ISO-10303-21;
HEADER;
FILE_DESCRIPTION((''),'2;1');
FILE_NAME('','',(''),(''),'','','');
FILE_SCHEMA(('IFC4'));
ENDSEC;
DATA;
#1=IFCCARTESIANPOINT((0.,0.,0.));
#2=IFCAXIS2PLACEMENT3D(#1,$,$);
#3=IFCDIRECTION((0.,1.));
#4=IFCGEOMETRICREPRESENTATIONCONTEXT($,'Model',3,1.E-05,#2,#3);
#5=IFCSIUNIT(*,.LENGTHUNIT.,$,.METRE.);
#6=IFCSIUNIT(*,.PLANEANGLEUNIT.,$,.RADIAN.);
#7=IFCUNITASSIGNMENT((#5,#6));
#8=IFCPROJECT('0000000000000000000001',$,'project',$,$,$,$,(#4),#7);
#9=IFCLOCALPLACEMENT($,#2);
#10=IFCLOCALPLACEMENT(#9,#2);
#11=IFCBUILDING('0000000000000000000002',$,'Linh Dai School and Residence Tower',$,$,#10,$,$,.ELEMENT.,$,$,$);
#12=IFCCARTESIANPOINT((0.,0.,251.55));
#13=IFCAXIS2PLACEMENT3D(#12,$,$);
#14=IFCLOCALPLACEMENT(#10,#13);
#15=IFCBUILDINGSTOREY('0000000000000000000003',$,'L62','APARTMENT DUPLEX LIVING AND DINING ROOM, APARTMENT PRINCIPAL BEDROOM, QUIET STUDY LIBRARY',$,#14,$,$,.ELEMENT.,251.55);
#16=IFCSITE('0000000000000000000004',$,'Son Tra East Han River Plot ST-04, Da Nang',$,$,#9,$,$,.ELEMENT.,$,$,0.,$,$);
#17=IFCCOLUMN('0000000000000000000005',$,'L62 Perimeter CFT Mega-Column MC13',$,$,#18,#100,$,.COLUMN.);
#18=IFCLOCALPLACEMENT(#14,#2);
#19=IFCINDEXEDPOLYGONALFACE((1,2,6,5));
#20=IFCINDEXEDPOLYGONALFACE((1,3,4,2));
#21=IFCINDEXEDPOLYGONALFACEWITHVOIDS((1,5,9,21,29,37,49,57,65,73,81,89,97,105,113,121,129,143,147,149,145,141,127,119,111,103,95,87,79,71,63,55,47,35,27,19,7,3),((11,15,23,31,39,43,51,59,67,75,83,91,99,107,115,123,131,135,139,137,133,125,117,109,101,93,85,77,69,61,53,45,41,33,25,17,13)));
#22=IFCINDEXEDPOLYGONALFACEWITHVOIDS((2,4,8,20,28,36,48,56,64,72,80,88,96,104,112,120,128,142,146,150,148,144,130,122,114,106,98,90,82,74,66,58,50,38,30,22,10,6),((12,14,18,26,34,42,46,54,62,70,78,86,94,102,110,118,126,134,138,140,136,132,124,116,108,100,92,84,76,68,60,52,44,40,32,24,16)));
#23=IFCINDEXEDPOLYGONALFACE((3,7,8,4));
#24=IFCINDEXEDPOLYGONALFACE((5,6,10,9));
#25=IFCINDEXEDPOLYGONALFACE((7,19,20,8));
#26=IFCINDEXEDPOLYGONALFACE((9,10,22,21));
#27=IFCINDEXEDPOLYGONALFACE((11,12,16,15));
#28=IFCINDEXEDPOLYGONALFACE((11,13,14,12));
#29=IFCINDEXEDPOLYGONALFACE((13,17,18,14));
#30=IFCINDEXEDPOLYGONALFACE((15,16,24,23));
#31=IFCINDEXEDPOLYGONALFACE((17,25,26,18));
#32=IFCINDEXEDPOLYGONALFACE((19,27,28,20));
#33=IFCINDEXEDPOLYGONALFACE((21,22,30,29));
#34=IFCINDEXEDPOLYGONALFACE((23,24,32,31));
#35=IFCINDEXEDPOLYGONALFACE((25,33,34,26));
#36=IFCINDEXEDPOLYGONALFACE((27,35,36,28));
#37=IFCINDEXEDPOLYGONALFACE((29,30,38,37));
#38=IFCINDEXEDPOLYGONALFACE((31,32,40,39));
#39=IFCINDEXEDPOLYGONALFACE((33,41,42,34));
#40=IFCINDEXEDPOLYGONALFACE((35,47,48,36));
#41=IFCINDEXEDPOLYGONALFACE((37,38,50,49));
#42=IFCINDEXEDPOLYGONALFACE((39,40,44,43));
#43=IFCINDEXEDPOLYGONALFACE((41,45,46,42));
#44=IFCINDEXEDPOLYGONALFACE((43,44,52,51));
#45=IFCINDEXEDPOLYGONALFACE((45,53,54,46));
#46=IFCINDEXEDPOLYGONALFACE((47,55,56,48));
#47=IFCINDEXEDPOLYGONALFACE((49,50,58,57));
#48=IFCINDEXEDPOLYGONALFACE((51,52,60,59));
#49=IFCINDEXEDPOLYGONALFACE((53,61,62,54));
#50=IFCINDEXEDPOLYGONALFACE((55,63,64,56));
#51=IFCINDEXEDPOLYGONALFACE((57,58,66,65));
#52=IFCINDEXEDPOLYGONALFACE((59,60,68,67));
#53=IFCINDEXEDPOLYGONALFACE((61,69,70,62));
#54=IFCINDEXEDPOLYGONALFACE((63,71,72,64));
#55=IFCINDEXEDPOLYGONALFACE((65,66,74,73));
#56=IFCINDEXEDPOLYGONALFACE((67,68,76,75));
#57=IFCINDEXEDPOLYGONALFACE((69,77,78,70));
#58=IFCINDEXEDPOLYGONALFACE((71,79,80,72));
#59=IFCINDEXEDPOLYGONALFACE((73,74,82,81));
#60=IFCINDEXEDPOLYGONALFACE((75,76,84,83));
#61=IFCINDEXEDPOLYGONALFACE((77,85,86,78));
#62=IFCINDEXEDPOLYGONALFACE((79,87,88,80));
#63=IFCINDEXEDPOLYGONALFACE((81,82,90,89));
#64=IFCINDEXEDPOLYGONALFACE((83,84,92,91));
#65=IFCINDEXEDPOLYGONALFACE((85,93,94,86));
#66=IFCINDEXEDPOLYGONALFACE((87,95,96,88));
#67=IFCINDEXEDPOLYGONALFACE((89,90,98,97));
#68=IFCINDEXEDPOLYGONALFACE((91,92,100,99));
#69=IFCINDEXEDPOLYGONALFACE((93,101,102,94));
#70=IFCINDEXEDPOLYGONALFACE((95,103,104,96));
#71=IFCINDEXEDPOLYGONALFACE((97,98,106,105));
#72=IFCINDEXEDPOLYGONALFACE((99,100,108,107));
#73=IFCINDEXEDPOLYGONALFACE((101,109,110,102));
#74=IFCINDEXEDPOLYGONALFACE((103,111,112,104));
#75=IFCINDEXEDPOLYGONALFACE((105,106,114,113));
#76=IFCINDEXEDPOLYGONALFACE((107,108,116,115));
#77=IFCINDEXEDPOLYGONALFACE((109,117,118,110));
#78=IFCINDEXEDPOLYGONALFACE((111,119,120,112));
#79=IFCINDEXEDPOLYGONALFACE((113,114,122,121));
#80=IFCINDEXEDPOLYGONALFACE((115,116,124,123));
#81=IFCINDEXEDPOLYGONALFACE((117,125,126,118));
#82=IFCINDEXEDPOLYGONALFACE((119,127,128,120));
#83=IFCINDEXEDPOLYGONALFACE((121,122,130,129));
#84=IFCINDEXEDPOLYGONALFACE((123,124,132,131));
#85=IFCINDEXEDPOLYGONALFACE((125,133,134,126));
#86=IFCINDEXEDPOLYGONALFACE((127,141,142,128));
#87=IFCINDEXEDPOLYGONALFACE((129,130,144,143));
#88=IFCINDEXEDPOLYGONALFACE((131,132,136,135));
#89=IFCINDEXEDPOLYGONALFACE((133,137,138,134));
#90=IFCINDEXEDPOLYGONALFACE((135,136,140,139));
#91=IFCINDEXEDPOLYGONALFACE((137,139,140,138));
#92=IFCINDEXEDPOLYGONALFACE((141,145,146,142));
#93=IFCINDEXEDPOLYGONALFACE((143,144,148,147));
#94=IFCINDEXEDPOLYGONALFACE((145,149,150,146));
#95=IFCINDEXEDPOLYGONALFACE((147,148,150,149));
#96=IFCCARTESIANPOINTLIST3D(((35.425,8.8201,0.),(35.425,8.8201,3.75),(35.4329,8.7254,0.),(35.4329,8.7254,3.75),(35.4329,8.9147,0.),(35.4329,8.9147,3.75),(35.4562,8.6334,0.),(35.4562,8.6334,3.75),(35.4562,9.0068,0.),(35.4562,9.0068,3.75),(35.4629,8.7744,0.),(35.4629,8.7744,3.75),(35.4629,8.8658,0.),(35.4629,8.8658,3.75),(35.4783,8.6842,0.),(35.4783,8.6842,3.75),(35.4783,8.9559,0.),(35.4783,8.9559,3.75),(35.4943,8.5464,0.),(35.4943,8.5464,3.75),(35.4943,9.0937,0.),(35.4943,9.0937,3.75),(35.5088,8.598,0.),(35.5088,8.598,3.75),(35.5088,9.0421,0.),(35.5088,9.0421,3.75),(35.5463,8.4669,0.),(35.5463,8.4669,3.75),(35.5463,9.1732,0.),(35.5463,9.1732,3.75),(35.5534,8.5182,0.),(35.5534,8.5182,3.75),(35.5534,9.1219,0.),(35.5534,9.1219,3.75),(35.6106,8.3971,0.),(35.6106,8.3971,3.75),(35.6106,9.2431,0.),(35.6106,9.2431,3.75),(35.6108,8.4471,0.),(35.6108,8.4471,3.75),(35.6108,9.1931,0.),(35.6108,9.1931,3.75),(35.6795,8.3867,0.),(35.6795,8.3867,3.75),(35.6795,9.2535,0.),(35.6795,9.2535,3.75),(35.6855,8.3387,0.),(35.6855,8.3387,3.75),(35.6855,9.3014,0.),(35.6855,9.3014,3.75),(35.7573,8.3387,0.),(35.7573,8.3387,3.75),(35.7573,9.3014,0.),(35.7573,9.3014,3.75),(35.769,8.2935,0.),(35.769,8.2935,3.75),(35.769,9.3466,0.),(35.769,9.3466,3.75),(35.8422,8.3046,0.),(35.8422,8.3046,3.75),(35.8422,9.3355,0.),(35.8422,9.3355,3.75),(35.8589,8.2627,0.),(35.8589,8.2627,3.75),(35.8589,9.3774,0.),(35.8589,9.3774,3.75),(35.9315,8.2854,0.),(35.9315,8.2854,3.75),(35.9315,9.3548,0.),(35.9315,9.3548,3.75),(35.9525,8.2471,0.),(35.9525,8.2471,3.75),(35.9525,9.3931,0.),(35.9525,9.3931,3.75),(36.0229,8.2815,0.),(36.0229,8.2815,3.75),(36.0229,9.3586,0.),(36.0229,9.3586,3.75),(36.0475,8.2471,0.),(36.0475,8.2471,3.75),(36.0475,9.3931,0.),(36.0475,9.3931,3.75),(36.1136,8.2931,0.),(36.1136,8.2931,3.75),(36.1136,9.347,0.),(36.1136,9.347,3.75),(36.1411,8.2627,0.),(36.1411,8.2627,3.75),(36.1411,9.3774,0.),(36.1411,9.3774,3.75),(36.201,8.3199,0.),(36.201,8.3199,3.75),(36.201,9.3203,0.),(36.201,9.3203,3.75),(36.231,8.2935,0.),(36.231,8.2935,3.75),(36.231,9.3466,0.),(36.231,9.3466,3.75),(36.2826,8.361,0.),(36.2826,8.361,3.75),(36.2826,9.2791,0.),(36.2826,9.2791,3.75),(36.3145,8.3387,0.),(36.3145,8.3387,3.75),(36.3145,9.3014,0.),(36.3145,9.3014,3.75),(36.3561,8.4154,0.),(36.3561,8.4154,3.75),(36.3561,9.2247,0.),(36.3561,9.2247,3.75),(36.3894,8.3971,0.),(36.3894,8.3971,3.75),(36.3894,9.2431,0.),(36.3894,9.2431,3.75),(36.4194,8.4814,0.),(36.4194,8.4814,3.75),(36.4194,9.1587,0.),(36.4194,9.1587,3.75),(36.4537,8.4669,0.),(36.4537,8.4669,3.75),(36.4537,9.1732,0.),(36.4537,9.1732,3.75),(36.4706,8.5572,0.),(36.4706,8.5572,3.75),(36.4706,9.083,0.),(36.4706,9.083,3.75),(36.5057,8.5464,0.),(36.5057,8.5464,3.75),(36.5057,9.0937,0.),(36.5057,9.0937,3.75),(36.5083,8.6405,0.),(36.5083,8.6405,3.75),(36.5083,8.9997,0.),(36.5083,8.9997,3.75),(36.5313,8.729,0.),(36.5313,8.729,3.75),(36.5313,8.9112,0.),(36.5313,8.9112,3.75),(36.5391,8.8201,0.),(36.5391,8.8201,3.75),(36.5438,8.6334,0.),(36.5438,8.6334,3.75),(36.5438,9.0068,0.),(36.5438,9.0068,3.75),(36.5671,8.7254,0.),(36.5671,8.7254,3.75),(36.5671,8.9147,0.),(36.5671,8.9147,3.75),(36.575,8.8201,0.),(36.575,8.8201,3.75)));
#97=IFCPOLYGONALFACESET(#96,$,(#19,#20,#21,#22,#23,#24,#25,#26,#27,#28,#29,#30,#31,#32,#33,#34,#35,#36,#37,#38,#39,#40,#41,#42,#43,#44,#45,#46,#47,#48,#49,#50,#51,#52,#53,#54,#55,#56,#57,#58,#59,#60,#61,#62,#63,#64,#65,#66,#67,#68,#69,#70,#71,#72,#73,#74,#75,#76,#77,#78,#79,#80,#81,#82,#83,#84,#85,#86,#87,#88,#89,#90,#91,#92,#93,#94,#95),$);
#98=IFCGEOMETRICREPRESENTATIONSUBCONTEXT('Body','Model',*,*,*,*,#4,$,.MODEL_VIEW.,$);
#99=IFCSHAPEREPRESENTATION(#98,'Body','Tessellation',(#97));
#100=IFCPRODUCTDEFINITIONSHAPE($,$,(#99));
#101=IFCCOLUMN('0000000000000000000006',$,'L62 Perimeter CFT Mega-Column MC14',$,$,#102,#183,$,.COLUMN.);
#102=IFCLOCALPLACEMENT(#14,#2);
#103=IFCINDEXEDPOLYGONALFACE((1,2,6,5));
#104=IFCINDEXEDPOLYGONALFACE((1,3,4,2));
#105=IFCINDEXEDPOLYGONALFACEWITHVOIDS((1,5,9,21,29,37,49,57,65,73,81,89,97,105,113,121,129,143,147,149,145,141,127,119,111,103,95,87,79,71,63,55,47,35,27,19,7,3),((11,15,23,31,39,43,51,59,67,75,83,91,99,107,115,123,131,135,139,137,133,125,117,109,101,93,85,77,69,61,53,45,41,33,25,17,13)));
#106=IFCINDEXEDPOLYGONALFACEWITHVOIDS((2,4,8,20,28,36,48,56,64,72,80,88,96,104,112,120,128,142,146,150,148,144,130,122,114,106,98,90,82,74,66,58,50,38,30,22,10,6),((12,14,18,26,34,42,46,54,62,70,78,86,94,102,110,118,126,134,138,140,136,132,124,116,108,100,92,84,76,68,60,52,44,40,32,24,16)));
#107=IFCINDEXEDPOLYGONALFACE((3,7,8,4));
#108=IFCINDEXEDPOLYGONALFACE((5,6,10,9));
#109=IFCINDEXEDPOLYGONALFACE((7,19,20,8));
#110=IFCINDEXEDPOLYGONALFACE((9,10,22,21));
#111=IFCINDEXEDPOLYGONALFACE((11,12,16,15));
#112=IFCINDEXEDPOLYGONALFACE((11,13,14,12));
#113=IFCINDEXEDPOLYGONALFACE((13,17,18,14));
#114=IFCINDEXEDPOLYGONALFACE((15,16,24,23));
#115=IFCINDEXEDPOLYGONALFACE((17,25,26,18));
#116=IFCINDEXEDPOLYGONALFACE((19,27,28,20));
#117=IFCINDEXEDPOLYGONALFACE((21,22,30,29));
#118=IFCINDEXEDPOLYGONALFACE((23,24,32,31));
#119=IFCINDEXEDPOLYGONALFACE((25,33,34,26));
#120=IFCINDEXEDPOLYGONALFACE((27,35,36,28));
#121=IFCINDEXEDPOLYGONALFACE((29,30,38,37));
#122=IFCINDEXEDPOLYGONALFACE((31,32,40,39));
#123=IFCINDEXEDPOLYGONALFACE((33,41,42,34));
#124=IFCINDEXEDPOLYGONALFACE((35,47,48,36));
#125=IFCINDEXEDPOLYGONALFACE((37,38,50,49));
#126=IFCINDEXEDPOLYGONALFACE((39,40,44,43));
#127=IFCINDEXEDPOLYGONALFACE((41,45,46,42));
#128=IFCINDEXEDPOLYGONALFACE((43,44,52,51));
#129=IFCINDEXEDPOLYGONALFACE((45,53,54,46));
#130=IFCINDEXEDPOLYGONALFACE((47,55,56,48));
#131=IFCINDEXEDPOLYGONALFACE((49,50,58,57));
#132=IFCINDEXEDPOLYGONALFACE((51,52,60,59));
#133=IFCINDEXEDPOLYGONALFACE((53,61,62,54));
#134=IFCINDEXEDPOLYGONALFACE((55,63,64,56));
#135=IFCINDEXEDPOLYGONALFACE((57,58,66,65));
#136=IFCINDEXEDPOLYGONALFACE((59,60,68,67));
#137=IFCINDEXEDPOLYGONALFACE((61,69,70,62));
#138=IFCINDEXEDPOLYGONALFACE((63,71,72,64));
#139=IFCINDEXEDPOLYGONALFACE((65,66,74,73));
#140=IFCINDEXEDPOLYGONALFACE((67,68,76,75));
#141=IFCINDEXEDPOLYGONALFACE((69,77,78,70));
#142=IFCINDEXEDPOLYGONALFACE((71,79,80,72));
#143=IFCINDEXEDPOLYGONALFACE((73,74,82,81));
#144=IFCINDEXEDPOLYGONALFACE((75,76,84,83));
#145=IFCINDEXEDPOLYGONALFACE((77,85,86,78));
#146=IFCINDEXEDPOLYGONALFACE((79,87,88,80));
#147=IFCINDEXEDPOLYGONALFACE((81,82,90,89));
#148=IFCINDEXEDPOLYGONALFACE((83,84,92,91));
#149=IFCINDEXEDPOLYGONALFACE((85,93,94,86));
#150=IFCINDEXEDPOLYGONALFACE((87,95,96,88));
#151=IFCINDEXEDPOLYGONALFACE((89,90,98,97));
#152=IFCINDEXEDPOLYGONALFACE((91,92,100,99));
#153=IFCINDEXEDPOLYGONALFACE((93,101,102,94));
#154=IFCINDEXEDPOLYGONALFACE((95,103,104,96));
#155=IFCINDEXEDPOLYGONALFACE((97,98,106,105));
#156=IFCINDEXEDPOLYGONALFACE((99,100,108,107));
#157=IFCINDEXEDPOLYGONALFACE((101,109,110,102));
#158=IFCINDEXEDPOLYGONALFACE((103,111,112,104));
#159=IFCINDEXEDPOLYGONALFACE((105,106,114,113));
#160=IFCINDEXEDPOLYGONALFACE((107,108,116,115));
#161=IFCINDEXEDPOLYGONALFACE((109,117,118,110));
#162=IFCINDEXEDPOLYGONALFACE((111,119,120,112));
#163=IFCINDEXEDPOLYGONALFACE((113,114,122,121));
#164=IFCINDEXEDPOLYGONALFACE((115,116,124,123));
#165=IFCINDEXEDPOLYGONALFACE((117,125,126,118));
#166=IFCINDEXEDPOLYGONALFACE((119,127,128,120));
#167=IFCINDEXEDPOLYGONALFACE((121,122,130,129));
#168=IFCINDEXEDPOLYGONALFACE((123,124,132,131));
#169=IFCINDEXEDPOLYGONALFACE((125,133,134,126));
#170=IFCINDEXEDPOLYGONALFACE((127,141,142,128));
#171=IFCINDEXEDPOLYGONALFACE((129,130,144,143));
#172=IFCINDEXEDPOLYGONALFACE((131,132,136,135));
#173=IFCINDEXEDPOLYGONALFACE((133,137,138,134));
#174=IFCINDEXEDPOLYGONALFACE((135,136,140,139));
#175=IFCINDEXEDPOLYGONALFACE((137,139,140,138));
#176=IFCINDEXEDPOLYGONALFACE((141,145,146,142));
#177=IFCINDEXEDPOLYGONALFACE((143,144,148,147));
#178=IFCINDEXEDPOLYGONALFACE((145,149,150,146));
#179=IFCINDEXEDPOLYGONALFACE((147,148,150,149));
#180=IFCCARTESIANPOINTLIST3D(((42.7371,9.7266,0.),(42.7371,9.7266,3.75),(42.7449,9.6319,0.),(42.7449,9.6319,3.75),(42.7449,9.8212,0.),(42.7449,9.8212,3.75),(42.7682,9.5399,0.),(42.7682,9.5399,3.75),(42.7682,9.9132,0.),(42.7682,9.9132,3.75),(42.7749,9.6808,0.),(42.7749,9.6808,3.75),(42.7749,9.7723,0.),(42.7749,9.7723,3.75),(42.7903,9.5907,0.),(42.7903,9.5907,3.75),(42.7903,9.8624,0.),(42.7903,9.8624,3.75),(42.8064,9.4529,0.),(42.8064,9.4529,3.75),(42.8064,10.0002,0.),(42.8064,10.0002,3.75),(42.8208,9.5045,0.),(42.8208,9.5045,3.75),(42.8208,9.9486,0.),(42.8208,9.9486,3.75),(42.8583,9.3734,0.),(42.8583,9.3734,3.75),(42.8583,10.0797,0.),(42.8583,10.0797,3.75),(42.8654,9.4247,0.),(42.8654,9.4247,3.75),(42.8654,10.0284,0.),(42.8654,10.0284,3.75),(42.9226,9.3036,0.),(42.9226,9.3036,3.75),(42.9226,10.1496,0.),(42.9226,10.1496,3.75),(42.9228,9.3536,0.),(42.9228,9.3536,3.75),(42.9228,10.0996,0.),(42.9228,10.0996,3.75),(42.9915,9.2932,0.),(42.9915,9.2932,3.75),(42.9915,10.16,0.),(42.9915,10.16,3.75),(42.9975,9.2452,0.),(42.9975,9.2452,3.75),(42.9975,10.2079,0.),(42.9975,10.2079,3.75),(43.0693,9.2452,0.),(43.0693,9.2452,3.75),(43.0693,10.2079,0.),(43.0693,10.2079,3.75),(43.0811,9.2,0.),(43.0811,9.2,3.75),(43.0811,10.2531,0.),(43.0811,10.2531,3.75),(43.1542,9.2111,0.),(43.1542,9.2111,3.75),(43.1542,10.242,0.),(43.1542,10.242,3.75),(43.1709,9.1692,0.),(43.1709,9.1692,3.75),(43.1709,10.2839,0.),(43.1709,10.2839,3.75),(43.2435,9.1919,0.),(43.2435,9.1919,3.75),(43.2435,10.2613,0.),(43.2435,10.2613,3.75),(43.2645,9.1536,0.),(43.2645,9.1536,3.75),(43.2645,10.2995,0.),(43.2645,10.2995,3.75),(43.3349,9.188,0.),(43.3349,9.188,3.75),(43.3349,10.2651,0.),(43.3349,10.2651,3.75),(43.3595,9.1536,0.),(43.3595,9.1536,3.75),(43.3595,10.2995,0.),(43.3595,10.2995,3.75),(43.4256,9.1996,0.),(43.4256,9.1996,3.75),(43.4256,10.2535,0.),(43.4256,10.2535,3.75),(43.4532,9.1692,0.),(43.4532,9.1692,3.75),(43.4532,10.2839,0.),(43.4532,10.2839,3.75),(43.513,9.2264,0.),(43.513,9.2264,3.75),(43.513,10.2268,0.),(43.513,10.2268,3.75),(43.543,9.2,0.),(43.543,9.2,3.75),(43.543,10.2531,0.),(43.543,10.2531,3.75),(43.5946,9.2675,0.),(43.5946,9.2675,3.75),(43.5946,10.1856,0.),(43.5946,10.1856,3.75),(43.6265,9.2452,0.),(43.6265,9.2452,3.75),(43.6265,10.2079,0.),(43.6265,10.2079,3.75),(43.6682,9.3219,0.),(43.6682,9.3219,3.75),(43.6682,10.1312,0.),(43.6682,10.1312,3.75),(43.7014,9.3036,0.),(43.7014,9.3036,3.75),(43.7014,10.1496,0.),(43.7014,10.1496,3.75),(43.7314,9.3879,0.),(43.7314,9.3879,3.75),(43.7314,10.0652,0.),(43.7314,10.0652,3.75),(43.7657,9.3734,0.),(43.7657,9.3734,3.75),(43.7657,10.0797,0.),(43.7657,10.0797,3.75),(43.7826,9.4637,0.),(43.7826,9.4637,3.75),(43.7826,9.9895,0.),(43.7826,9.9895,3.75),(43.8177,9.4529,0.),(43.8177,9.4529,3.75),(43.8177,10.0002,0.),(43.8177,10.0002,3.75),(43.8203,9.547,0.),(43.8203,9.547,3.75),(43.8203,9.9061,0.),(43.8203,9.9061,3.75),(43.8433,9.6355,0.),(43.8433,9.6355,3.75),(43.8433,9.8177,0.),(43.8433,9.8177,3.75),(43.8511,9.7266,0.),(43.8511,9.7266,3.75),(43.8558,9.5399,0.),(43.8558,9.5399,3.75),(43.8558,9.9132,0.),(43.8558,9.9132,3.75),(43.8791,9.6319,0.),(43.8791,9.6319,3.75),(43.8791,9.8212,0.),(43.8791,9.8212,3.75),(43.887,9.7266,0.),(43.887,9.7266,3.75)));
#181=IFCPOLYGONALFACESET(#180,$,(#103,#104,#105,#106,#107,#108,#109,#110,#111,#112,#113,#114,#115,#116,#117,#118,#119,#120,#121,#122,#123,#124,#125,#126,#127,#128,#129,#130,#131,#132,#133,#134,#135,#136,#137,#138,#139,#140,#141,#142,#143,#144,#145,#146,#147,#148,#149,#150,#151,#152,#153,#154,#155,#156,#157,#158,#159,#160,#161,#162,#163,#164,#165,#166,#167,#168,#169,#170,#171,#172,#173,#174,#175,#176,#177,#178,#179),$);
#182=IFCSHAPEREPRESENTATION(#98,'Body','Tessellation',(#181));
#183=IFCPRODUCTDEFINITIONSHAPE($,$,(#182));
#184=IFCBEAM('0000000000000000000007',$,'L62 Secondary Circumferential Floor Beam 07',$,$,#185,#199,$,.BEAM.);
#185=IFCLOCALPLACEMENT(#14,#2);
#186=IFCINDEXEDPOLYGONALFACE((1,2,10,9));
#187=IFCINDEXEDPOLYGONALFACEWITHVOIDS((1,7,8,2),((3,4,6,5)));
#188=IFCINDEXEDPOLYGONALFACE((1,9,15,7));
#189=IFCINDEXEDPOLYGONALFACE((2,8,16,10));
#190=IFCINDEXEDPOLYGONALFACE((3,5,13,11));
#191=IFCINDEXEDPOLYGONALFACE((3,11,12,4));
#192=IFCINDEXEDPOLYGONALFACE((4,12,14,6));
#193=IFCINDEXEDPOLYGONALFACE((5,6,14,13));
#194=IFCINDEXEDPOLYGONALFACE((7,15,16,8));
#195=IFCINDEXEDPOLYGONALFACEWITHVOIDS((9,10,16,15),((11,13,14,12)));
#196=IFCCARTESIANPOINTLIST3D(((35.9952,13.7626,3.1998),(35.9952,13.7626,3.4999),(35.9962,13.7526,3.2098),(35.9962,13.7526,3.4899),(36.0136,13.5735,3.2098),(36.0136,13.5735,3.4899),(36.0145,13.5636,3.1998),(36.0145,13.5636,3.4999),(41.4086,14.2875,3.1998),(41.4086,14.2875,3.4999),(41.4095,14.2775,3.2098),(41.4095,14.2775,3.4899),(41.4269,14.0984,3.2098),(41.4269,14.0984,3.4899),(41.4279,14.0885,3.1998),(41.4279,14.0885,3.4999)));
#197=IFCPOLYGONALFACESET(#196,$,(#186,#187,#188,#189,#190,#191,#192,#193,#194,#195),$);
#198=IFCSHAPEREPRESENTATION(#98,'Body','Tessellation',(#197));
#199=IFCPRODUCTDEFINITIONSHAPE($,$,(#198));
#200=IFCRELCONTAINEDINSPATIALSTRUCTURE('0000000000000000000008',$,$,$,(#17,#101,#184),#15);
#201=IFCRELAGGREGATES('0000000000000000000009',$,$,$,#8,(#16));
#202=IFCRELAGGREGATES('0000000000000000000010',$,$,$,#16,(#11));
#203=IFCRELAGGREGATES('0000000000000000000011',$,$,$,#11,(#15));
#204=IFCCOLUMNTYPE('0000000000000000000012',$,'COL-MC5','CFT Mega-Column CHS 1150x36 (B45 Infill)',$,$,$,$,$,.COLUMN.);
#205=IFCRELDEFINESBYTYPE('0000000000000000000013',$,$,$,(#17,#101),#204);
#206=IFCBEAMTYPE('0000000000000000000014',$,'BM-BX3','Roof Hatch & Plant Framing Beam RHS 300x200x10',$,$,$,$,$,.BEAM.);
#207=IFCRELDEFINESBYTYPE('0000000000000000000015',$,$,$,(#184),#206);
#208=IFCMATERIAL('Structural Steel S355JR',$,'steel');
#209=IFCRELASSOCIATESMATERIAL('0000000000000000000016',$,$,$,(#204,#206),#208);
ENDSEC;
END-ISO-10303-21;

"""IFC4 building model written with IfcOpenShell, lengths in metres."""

from ifc_helpers import new_model, si_unit, direction, frame, origin, origin_2d, place, context, subcontext, project, spatial, hollow_rectangle, hollow_circle, extrude, material, material_profile, profile_set, type_object, element, save


model = new_model("IFC4")

# Units and contexts
model_context = context("Model", 3, precision=1e-05, world=origin(), true_north=direction((0.0, 1.0)))
body_context = subcontext(model_context, "Body", "Model", "MODEL_VIEW")
ifc_project = project(units=[si_unit("LENGTHUNIT", "METRE"), si_unit("PLANEANGLEUNIT", "RADIAN")], contexts=[model_context])

# Site, building, storey
site_placement = place(None, origin())
site = spatial("IfcSite", under=ifc_project, at=site_placement, Name="Son Tra East Han River Plot ST-04, Da Nang", CompositionType="ELEMENT", RefElevation=0.0)
building_placement = place(site_placement, origin())
building = spatial("IfcBuilding", under=site, at=building_placement, Name="Linh Dai School and Residence Tower", CompositionType="ELEMENT")
storey_placement = place(building_placement, frame((0.0, 0.0, 251.55)))
storey = spatial("IfcBuildingStorey", under=building, at=storey_placement, Name="L62", Description="APARTMENT DUPLEX LIVING AND DINING ROOM, APARTMENT PRINCIPAL BEDROOM, QUIET STUDY LIBRARY", CompositionType="ELEMENT", Elevation=251.55)

# Columns
ifc_material_1 = material(Name="Structural Steel S355JR", Category="steel")
ifc_material_profile_1 = material_profile(ifc_material_1, hollow_circle(Radius=0.575, WallThickness=0.0359, at=origin_2d()), Name="CHS 1150x36")
ifc_profile_set_1 = profile_set([ifc_material_profile_1], Name="Structural Steel S355JR")
column_type = type_object("IfcColumnType", Name="COL-MC5", Description="CFT Mega-Column CHS 1150x36 (B45 Infill)", PredefinedType="COLUMN", material=ifc_profile_set_1)
for number, where, z_axis, x_axis, name in (
    (1, (36.0, 8.8201, 0.0), (0.0, 0.0, 1.0), (1.0, 0.0, 0.0), "L62 Perimeter CFT Mega-Column MC13"),
    (2, (43.312, 9.7266, 0.0), (0.0, 0.0, 1.0), (1.0, 0.0, 0.0), "L62 Perimeter CFT Mega-Column MC14"),
):
    element("IfcColumn", number, at=place(storey_placement, frame(where, z_axis=z_axis, x_axis=x_axis)), inside=storey, type_object=column_type, Name=name, PredefinedType="COLUMN", context=body_context, shape_type="SweptSolid", body=[
        extrude(hollow_circle(Radius=0.575, WallThickness=0.0359, at=origin_2d()), origin(), (0.0, 0.0, 1.0), 3.75),
    ])

# Beam
ifc_material_profile_2 = material_profile(ifc_material_1, hollow_rectangle(XDim=0.2, YDim=0.3, WallThickness=0.01, at=origin_2d()), Name="RHS 300x200x10")
ifc_profile_set_2 = profile_set([ifc_material_profile_2], Name="Structural Steel S355JR")
beam_type_1 = type_object("IfcBeamType", Name="BM-BX3", Description="Roof Hatch & Plant Framing Beam RHS 300x200x10", PredefinedType="BEAM", material=ifc_profile_set_2)
beam_1_placement = place(storey_placement, frame((36.0049, 13.6631, 3.3499), z_axis=(0.995332, 0.096512, 0.0), x_axis=(-0.096512, 0.995332, 0.0)))
element("IfcBeam", 3, at=beam_1_placement, inside=storey, type_object=beam_type_1, Name="L62 Secondary Circumferential Floor Beam 07", PredefinedType="BEAM", context=body_context, shape_type="SweptSolid", body=[
    extrude(hollow_rectangle(XDim=0.2, YDim=0.3, WallThickness=0.01, at=origin_2d()), origin(), (0.0, 0.0, 1.0), 5.4387),
])

save(model, "model.ifc")
